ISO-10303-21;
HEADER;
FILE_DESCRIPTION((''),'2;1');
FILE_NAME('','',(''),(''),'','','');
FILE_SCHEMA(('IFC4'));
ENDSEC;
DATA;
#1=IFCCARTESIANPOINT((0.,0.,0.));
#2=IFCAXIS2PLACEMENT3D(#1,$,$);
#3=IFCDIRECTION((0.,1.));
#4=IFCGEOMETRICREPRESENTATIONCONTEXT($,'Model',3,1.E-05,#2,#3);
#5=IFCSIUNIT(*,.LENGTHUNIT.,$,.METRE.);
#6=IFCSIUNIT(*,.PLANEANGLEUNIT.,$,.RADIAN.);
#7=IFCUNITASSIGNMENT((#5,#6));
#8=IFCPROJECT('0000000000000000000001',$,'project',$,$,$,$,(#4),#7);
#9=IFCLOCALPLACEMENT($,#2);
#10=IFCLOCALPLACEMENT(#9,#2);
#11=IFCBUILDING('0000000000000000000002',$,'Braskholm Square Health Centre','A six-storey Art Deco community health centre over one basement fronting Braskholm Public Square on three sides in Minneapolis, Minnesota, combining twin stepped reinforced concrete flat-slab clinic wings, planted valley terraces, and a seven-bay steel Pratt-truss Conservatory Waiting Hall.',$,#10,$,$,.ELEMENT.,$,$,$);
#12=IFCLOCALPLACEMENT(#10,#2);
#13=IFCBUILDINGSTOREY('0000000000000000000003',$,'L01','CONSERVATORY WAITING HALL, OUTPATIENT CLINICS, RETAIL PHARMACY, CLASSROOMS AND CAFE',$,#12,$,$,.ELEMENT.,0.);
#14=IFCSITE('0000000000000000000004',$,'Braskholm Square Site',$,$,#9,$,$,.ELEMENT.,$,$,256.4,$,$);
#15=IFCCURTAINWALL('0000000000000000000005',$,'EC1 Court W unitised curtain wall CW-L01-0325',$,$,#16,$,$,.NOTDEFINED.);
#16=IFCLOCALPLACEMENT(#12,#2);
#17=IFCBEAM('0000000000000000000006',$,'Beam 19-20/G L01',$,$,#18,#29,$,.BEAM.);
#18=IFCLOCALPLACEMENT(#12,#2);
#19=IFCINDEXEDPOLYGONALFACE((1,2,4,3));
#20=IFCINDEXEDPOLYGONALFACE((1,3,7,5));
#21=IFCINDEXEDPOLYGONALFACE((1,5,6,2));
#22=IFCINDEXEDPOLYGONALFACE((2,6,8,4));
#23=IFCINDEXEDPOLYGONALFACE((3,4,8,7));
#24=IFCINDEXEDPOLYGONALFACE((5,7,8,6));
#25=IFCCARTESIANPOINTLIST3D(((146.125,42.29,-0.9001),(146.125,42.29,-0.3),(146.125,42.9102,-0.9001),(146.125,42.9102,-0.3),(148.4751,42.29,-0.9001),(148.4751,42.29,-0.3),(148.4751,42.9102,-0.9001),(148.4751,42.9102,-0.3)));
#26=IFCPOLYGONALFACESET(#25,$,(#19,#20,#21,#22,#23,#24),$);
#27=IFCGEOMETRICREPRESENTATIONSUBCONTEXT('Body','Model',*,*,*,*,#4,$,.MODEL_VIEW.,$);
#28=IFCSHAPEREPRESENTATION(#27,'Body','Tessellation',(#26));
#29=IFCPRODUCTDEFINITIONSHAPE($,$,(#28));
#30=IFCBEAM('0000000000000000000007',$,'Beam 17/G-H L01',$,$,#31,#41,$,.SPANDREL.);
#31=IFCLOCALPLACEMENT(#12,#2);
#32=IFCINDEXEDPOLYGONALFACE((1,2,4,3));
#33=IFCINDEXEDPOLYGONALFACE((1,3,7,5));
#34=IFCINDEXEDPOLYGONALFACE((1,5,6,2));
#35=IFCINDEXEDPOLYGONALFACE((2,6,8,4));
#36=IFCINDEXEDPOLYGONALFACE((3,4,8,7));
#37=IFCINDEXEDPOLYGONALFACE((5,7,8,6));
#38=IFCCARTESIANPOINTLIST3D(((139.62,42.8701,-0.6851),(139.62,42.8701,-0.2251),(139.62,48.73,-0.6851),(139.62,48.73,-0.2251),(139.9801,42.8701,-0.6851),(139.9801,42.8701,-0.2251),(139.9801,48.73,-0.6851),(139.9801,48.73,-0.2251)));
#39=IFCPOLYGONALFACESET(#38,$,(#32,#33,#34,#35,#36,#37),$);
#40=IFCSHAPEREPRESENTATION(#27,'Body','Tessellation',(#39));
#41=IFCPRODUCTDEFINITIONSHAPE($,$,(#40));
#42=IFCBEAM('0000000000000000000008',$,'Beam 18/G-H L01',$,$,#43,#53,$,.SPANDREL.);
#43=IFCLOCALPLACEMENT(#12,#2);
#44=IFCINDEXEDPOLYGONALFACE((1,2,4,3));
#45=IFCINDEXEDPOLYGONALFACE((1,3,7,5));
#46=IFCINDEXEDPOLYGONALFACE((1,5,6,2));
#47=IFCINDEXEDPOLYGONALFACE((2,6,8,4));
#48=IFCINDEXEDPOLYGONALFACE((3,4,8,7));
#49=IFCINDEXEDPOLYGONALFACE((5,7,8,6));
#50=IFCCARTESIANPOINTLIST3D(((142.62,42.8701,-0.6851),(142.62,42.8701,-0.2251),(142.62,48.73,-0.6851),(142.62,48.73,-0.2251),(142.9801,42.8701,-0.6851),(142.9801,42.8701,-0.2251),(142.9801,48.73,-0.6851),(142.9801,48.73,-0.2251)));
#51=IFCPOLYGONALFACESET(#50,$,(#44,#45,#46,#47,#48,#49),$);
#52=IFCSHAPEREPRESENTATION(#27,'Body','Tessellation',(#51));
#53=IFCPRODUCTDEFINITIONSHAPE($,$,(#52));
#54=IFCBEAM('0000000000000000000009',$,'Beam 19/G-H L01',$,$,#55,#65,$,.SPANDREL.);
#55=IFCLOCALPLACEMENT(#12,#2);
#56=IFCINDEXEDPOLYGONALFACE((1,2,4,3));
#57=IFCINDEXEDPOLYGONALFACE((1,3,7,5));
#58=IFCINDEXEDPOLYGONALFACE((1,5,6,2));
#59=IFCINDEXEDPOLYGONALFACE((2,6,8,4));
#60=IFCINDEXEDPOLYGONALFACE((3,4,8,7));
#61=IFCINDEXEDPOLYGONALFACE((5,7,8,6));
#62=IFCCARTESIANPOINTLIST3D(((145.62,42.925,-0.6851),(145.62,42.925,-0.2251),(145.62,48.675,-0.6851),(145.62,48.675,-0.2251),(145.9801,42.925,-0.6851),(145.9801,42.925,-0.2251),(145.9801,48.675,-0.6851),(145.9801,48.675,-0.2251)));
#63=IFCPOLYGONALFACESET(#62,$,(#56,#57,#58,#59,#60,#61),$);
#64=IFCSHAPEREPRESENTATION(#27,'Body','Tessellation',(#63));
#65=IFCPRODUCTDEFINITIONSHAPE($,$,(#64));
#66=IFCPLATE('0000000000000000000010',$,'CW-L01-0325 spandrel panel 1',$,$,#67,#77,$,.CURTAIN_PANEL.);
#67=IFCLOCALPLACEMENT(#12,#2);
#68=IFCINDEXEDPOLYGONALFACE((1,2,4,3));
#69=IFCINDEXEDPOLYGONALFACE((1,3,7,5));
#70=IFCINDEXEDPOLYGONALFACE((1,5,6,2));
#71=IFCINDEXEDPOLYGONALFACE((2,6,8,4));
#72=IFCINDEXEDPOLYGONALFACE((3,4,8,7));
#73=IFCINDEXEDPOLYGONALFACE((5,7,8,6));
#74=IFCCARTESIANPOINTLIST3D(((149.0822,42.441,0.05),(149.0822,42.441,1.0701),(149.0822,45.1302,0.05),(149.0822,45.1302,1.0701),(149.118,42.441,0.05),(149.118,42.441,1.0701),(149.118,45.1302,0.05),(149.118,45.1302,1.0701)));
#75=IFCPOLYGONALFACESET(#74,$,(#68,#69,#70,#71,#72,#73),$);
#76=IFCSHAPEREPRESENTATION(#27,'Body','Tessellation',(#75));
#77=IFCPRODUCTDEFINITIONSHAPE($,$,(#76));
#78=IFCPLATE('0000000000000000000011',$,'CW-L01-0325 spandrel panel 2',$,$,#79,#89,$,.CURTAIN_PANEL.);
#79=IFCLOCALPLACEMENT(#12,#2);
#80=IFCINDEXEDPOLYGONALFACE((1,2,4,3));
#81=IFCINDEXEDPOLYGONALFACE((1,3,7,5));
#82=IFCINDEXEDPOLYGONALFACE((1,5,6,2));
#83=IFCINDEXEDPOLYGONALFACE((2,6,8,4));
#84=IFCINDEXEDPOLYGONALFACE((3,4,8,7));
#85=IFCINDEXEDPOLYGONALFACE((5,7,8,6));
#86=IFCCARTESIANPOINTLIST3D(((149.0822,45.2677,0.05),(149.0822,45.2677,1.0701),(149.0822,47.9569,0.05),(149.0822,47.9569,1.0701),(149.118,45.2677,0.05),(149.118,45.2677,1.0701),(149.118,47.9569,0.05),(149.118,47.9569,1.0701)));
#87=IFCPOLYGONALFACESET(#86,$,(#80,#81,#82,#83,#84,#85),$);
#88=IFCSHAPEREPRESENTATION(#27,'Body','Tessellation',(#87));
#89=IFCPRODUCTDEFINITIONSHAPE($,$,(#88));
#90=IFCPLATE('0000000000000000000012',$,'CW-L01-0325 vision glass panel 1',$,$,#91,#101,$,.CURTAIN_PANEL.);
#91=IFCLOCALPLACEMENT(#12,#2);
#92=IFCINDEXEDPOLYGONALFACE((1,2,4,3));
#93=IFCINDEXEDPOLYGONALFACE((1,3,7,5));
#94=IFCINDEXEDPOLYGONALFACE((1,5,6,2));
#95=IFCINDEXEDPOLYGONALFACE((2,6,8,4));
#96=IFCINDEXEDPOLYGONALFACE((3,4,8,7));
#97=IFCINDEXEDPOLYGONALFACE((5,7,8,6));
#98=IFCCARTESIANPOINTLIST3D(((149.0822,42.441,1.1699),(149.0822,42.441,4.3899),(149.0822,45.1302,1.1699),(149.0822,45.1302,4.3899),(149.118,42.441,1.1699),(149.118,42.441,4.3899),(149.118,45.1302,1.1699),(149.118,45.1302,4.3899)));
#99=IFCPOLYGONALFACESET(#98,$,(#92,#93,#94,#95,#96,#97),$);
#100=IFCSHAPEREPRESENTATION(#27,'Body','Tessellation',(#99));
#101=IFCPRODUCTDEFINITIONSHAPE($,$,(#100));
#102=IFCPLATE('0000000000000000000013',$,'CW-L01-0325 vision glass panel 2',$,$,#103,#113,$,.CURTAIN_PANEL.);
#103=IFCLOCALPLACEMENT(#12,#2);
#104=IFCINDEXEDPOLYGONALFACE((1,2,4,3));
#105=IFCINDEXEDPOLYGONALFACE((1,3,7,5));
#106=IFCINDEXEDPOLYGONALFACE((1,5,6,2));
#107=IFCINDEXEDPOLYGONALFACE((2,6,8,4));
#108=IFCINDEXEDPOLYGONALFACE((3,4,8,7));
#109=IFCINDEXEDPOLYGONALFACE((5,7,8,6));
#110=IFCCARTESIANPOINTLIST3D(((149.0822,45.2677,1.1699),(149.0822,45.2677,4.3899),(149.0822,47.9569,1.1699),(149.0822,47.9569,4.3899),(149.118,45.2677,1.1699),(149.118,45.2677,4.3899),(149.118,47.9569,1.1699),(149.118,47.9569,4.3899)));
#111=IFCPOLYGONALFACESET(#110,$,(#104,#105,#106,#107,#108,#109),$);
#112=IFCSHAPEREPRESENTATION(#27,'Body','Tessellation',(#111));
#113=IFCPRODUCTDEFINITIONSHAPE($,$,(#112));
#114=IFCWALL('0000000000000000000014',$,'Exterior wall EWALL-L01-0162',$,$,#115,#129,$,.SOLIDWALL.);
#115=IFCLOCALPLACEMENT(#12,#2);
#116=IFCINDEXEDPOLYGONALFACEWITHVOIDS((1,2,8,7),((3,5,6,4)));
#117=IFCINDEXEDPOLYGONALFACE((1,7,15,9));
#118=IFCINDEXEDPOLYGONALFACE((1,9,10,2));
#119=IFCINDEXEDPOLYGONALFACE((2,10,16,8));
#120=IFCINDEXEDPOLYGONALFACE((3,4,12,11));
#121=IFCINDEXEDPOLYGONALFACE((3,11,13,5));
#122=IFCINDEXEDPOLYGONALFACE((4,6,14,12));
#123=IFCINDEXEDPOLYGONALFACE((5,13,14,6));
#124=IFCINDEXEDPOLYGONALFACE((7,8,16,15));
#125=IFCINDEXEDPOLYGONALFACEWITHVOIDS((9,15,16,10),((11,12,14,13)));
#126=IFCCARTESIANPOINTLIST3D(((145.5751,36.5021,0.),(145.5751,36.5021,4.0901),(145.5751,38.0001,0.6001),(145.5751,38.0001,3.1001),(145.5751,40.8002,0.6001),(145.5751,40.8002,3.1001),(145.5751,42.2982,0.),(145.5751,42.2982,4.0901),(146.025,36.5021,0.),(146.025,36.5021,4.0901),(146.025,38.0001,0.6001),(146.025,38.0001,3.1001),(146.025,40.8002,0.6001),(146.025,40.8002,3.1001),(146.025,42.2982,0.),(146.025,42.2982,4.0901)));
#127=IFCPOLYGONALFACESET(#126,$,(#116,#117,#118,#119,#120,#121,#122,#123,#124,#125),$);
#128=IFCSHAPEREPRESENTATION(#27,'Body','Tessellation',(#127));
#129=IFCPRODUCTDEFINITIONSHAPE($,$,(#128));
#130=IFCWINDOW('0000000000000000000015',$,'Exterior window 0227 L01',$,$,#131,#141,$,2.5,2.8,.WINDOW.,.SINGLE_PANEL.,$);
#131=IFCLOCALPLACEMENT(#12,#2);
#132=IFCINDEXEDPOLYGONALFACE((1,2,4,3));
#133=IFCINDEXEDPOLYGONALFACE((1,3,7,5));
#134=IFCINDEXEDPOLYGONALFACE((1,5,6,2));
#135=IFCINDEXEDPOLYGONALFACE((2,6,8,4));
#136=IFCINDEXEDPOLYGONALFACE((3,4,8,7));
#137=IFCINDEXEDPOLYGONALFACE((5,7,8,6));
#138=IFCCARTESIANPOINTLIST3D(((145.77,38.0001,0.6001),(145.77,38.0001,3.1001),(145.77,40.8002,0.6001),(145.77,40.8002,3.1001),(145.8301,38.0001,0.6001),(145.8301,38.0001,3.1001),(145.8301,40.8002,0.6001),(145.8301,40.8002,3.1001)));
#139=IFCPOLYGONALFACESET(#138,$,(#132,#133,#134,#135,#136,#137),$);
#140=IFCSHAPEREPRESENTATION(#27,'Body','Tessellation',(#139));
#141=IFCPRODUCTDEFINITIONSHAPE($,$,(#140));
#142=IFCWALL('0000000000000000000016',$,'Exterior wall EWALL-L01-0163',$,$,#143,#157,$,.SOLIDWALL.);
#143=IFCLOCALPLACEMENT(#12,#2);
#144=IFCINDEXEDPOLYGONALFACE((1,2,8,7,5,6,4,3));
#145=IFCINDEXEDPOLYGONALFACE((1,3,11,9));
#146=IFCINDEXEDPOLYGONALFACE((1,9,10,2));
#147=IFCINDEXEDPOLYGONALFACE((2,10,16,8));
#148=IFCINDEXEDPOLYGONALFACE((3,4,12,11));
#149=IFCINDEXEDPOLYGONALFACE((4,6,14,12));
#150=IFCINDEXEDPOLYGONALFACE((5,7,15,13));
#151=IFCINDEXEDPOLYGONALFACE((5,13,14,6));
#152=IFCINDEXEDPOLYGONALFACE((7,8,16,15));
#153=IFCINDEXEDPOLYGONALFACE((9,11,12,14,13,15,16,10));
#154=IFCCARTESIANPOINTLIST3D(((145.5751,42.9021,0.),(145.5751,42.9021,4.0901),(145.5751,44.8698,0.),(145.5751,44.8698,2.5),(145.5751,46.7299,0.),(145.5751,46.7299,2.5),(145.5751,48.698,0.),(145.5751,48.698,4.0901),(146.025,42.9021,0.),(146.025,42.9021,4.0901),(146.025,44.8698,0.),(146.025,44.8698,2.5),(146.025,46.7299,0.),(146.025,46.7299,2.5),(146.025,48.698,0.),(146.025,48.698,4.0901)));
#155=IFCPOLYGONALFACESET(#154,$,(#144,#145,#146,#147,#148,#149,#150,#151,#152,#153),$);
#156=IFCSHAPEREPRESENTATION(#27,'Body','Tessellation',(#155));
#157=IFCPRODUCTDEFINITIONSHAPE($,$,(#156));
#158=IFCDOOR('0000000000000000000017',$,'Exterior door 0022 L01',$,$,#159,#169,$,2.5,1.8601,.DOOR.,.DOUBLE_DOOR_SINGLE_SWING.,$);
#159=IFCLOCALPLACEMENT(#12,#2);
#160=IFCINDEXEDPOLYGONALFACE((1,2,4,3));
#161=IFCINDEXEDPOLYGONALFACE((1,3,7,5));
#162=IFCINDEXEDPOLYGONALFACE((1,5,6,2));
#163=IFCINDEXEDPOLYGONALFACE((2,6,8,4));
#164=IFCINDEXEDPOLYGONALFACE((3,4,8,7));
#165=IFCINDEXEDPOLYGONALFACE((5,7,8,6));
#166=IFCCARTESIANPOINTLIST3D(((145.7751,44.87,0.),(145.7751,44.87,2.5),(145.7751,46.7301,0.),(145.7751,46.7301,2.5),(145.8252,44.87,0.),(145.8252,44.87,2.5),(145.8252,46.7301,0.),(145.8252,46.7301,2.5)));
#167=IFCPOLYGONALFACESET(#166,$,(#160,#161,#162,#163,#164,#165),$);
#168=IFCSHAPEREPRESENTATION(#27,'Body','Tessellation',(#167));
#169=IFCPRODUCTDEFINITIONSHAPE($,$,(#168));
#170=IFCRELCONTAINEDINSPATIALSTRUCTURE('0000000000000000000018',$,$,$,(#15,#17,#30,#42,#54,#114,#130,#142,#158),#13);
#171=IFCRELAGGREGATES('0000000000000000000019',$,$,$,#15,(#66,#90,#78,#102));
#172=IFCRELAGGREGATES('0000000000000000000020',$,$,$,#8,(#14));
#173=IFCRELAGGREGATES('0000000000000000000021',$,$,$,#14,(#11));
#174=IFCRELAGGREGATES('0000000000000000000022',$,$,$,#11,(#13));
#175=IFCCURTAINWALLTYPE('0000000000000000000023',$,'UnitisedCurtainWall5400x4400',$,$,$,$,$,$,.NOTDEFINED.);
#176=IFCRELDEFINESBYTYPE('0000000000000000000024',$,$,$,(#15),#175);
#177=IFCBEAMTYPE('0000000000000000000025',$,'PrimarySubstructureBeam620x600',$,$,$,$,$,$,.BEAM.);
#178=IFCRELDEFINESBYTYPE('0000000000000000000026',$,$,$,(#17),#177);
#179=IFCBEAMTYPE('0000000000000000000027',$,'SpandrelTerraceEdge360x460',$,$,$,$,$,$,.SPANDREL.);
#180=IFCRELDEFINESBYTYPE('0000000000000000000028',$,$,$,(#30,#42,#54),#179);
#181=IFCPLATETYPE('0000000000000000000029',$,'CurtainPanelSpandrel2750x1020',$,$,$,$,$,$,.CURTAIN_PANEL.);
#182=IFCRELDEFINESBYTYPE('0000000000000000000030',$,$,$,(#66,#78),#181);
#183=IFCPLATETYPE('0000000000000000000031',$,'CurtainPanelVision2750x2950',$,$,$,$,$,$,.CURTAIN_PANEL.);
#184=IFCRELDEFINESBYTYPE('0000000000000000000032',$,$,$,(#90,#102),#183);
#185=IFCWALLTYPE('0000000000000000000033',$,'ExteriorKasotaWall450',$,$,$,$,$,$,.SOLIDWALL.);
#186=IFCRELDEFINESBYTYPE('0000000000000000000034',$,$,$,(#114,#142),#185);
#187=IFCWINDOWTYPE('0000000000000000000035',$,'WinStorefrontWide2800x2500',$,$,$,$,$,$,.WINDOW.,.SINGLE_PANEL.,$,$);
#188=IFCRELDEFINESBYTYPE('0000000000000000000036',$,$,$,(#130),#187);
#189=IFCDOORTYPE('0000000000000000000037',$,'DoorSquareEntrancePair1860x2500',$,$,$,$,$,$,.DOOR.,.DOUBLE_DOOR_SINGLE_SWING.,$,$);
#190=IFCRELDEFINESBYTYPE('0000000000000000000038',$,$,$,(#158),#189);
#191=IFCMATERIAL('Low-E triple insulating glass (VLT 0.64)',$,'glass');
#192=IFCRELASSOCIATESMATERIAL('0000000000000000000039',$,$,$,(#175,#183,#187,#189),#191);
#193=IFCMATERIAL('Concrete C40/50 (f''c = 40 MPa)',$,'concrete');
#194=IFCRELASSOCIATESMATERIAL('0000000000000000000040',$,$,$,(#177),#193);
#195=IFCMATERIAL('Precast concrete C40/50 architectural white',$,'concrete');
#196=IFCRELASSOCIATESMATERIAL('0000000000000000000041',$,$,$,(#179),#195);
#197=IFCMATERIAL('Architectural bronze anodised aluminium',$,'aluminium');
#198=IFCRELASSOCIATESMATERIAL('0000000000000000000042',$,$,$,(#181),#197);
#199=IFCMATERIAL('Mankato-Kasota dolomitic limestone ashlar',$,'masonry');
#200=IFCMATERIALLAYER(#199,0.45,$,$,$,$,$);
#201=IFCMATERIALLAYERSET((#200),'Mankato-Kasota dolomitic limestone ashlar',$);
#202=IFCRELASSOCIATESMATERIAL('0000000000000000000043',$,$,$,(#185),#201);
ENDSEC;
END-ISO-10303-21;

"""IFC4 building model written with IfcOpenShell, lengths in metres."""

from ifc_helpers import new_model, si_unit, direction, frame, frame_2d, origin, origin_with_axes, origin_2d, place, context, subcontext, project, spatial, rectangle, extrude, material, layer, layer_set, material_profile, profile_set, type_object, element, fill, aggregate, save


model = new_model("IFC4")

# Units and contexts
model_context = context("Model", 3, precision=1e-05, world=origin(), true_north=direction((0.0, 1.0)))
body_context = subcontext(model_context, "Body", "Model", "MODEL_VIEW")
ifc_project = project(units=[si_unit("LENGTHUNIT", "METRE"), si_unit("PLANEANGLEUNIT", "RADIAN")], contexts=[model_context])

# Site, building, storey
site_placement = place(None, origin())
site = spatial("IfcSite", under=ifc_project, at=site_placement, Name="Braskholm Square Site", CompositionType="ELEMENT", RefElevation=256.4)
building_placement = place(site_placement, origin())
building = spatial("IfcBuilding", under=site, at=building_placement, Name="Braskholm Square Health Centre", Description="A six-storey Art Deco community health centre over one basement fronting Braskholm Public Square on three sides in Minneapolis, Minnesota, combining twin stepped reinforced concrete flat-slab clinic wings, planted valley terraces, and a seven-bay steel Pratt-truss Conservatory Waiting Hall.", CompositionType="ELEMENT")
storey_placement = place(building_placement, origin())
storey = spatial("IfcBuildingStorey", under=building, at=storey_placement, Name="L01", Description="CONSERVATORY WAITING HALL, OUTPATIENT CLINICS, RETAIL PHARMACY, CLASSROOMS AND CAFE", CompositionType="ELEMENT", Elevation=0.0)

# Shared definitions
ifc_material_1 = material(Name="Concrete C40/50 (f'c = 40 MPa)", Category="concrete")
ifc_material_2 = material(Name="Precast concrete C40/50 architectural white", Category="concrete")

# Shared definitions
ifc_material_3 = material(Name="Low-E triple insulating glass (VLT 0.64)", Category="glass")
ifc_material_4 = material(Name="Architectural bronze anodised aluminium", Category="aluminium")
curtain_wall_type_1 = type_object("IfcCurtainWallType", Name="UnitisedCurtainWall5400x4400", PredefinedType="NOTDEFINED", material=ifc_material_3)

# Curtain wall
curtain_wall_1_placement = place(storey_placement, origin())
curtain_wall_1 = element("IfcCurtainWall", 1, at=curtain_wall_1_placement, inside=storey, type_object=curtain_wall_type_1, Name="EC1 Court W unitised curtain wall CW-L01-0325", PredefinedType="NOTDEFINED")

# Beams
ifc_material_profile_1 = material_profile(ifc_material_1, rectangle(XDim=0.6201, YDim=0.6001, at=origin_2d()), Name="RCB-620X600")
ifc_profile_set_1 = profile_set([ifc_material_profile_1], Name="Concrete C40/50 (f'c = 40 MPa)")
beam_type_1 = type_object("IfcBeamType", Name="PrimarySubstructureBeam620x600", PredefinedType="BEAM", material=ifc_profile_set_1)
beam_1_placement = place(storey_placement, frame((146.125, 42.6001, -0.6001), z_axis=(1.0, 0.0, 0.0), x_axis=(0.0, 1.0, 0.0)))
element("IfcBeam", 2, at=beam_1_placement, inside=storey, type_object=beam_type_1, Name="Beam 19-20/G L01", PredefinedType="BEAM", context=body_context, shape_type="SweptSolid", body=[
    extrude(rectangle(XDim=0.6201, YDim=0.6001, at=origin_2d()), origin(), (0.0, 0.0, 1.0), 2.3501),
])
ifc_material_profile_2 = material_profile(ifc_material_2, rectangle(XDim=0.3601, YDim=0.46, at=origin_2d()), Name="RCB-360X460")
ifc_profile_set_2 = profile_set([ifc_material_profile_2], Name="Precast concrete C40/50 architectural white")
beam_type_2 = type_object("IfcBeamType", Name="SpandrelTerraceEdge360x460", PredefinedType="SPANDREL", material=ifc_profile_set_2)
for number, where, z_axis, x_axis, name in (
    (3, (139.8, 42.8701, -0.4551), (0.0, 1.0, 0.0), (-1.0, 0.0, 0.0), "Beam 17/G-H L01"),
    (4, (142.8, 42.8701, -0.4551), (0.0, 1.0, 0.0), (-1.0, 0.0, 0.0), "Beam 18/G-H L01"),
):
    element("IfcBeam", number, at=place(storey_placement, frame(where, z_axis=z_axis, x_axis=x_axis)), inside=storey, type_object=beam_type_2, Name=name, PredefinedType="SPANDREL", context=body_context, shape_type="SweptSolid", body=[
        extrude(rectangle(XDim=0.3601, YDim=0.46, at=origin_2d()), origin(), (0.0, 0.0, 1.0), 5.8599),
    ])
beam_2_placement = place(storey_placement, frame((145.8, 42.925, -0.4551), z_axis=(0.0, 1.0, 0.0), x_axis=(-1.0, 0.0, 0.0)))
element("IfcBeam", 5, at=beam_2_placement, inside=storey, type_object=beam_type_2, Name="Beam 19/G-H L01", PredefinedType="SPANDREL", context=body_context, shape_type="SweptSolid", body=[
    extrude(rectangle(XDim=0.3601, YDim=0.46, at=origin_2d()), origin(), (0.0, 0.0, 1.0), 5.75),
])

# Plates
plate_type_1 = type_object("IfcPlateType", Name="CurtainPanelSpandrel2750x1020", PredefinedType="CURTAIN_PANEL", material=ifc_material_4)
plate_1_placement = place(storey_placement, frame((149.1001, 43.7856, 0.05), z_axis=(0.0, 0.0, 1.0), x_axis=(0.0, 1.0, 0.0)))
plate_1 = element("IfcPlate", 6, at=plate_1_placement, type_object=plate_type_1, Name="CW-L01-0325 spandrel panel 1", PredefinedType="CURTAIN_PANEL", context=body_context, shape_type="SweptSolid", body=[
    extrude(rectangle(XDim=2.6892, YDim=0.0359, at=origin_2d()), origin(), (0.0, 0.0, 1.0), 1.02),
])
plate_2_placement = place(storey_placement, frame((149.1001, 46.6123, 0.05), z_axis=(0.0, 0.0, 1.0), x_axis=(0.0, 1.0, 0.0)))
plate_2 = element("IfcPlate", 7, at=plate_2_placement, type_object=plate_type_1, Name="CW-L01-0325 spandrel panel 2", PredefinedType="CURTAIN_PANEL", context=body_context, shape_type="SweptSolid", body=[
    extrude(rectangle(XDim=2.6892, YDim=0.0359, at=origin_2d()), origin(), (0.0, 0.0, 1.0), 1.02),
])
plate_type_2 = type_object("IfcPlateType", Name="CurtainPanelVision2750x2950", PredefinedType="CURTAIN_PANEL", material=ifc_material_3)
plate_3_placement = place(storey_placement, frame((149.1001, 43.7856, 1.1699), z_axis=(0.0, 0.0, 1.0), x_axis=(0.0, 1.0, 0.0)))
plate_3 = element("IfcPlate", 8, at=plate_3_placement, type_object=plate_type_2, Name="CW-L01-0325 vision glass panel 1", PredefinedType="CURTAIN_PANEL", context=body_context, shape_type="SweptSolid", body=[
    extrude(rectangle(XDim=2.6892, YDim=0.0359, at=origin_2d()), origin(), (0.0, 0.0, 1.0), 3.22),
])
plate_4_placement = place(storey_placement, frame((149.1001, 46.6123, 1.1699), z_axis=(0.0, 0.0, 1.0), x_axis=(0.0, 1.0, 0.0)))
plate_4 = element("IfcPlate", 9, at=plate_4_placement, type_object=plate_type_2, Name="CW-L01-0325 vision glass panel 2", PredefinedType="CURTAIN_PANEL", context=body_context, shape_type="SweptSolid", body=[
    extrude(rectangle(XDim=2.6892, YDim=0.0359, at=origin_2d()), origin(), (0.0, 0.0, 1.0), 3.22),
])
aggregate(curtain_wall_1, [plate_1, plate_3, plate_2, plate_4])

# Wall, opening, window
ifc_material_5 = material(Name="Mankato-Kasota dolomitic limestone ashlar", Category="masonry")
ifc_layer_1 = layer(ifc_material_5, 0.45)
ifc_layer_set_1 = layer_set([ifc_layer_1], Name="Mankato-Kasota dolomitic limestone ashlar")
wall_type_1 = type_object("IfcWallType", Name="ExteriorKasotaWall450", PredefinedType="SOLIDWALL", material=ifc_layer_set_1)
wall_1_placement = place(storey_placement, frame((145.8, 42.2981, 0.0), z_axis=(0.0, 0.0, 1.0), x_axis=(0.0, -1.0, 0.0)))
wall_1 = element("IfcWall", 10, at=wall_1_placement, inside=storey, type_object=wall_type_1, Name="Exterior wall EWALL-L01-0162", PredefinedType="SOLIDWALL", context=body_context, shape_type="SweptSolid", body=[
    extrude(rectangle(XDim=5.7961, YDim=0.45, at=frame_2d((2.8979, 0.0))), origin(), (0.0, 0.0, 1.0), 4.0901),
])
opening_1_placement = place(wall_1_placement, frame((1.498, 0.0, 0.6001)))
opening_1 = element("IfcOpeningElement", 11, at=opening_1_placement, cuts=wall_1, PredefinedType="OPENING", context=body_context, shape_type="SweptSolid", body=[
    extrude(rectangle(XDim=2.8, YDim=2.5, at=frame_2d((1.3999, 1.25))), frame((0.0, 0.2349, 0.0), z_axis=(0.0, -1.0, 0.0), x_axis=(1.0, 0.0, 0.0)), (0.0, 0.0, 1.0), 0.47),
])
window_type_1 = type_object("IfcWindowType", Name="WinStorefrontWide2800x2500", PartitioningType="SINGLE_PANEL", PredefinedType="WINDOW", material=ifc_material_3)
window_1_placement = place(opening_1_placement, origin_with_axes())
window_1 = element("IfcWindow", 12, at=window_1_placement, inside=storey, type_object=window_type_1, Name="Exterior window 0227 L01", OverallHeight=2.5, OverallWidth=2.8, PartitioningType="SINGLE_PANEL", PredefinedType="WINDOW", context=body_context, shape_type="SweptSolid", body=[
    extrude(rectangle(XDim=2.8, YDim=2.5, at=frame_2d((1.3999, 1.25))), frame((0.0, 0.03, 0.0), z_axis=(0.0, -1.0, 0.0), x_axis=(1.0, 0.0, 0.0)), (0.0, 0.0, 1.0), 0.0601),
])
fill(opening_1, window_1)

# Wall, opening, door
wall_2_placement = place(storey_placement, frame((145.8, 48.698, 0.0), z_axis=(0.0, 0.0, 1.0), x_axis=(0.0, -1.0, 0.0)))
wall_2 = element("IfcWall", 13, at=wall_2_placement, inside=storey, type_object=wall_type_1, Name="Exterior wall EWALL-L01-0163", PredefinedType="SOLIDWALL", context=body_context, shape_type="SweptSolid", body=[
    extrude(rectangle(XDim=5.7959, YDim=0.45, at=frame_2d((2.8979, 0.0))), origin(), (0.0, 0.0, 1.0), 4.0901),
])
opening_2_placement = place(wall_2_placement, frame((1.968, 0.0, 0.0)))
opening_2 = element("IfcOpeningElement", 14, at=opening_2_placement, cuts=wall_2, PredefinedType="OPENING", context=body_context, shape_type="SweptSolid", body=[
    extrude(rectangle(XDim=1.8601, YDim=2.5, at=frame_2d((0.9302, 1.25))), frame((0.0, 0.2349, 0.0), z_axis=(0.0, -1.0, 0.0), x_axis=(1.0, 0.0, 0.0)), (0.0, 0.0, 1.0), 0.47),
])
door_type = type_object("IfcDoorType", Name="DoorSquareEntrancePair1860x2500", OperationType="DOUBLE_DOOR_SINGLE_SWING", PredefinedType="DOOR", material=ifc_material_3)
door_placement = place(opening_2_placement, frame((1.8601, 0.0, 0.0), z_axis=(0.0, 0.0, 1.0), x_axis=(-1.0, 0.0, 0.0)))
door = element("IfcDoor", 15, at=door_placement, inside=storey, type_object=door_type, Name="Exterior door 0022 L01", OperationType="DOUBLE_DOOR_SINGLE_SWING", OverallHeight=2.5, OverallWidth=1.8601, PredefinedType="DOOR", context=body_context, shape_type="SweptSolid", body=[
    extrude(rectangle(XDim=1.8601, YDim=2.5, at=frame_2d((0.9302, 1.25))), frame((0.0, 0.0249, 0.0), z_axis=(0.0, -1.0, 0.0), x_axis=(1.0, 0.0, 0.0)), (0.0, 0.0, 1.0), 0.05),
])
fill(opening_2, door)

save(model, "model.ifc")
